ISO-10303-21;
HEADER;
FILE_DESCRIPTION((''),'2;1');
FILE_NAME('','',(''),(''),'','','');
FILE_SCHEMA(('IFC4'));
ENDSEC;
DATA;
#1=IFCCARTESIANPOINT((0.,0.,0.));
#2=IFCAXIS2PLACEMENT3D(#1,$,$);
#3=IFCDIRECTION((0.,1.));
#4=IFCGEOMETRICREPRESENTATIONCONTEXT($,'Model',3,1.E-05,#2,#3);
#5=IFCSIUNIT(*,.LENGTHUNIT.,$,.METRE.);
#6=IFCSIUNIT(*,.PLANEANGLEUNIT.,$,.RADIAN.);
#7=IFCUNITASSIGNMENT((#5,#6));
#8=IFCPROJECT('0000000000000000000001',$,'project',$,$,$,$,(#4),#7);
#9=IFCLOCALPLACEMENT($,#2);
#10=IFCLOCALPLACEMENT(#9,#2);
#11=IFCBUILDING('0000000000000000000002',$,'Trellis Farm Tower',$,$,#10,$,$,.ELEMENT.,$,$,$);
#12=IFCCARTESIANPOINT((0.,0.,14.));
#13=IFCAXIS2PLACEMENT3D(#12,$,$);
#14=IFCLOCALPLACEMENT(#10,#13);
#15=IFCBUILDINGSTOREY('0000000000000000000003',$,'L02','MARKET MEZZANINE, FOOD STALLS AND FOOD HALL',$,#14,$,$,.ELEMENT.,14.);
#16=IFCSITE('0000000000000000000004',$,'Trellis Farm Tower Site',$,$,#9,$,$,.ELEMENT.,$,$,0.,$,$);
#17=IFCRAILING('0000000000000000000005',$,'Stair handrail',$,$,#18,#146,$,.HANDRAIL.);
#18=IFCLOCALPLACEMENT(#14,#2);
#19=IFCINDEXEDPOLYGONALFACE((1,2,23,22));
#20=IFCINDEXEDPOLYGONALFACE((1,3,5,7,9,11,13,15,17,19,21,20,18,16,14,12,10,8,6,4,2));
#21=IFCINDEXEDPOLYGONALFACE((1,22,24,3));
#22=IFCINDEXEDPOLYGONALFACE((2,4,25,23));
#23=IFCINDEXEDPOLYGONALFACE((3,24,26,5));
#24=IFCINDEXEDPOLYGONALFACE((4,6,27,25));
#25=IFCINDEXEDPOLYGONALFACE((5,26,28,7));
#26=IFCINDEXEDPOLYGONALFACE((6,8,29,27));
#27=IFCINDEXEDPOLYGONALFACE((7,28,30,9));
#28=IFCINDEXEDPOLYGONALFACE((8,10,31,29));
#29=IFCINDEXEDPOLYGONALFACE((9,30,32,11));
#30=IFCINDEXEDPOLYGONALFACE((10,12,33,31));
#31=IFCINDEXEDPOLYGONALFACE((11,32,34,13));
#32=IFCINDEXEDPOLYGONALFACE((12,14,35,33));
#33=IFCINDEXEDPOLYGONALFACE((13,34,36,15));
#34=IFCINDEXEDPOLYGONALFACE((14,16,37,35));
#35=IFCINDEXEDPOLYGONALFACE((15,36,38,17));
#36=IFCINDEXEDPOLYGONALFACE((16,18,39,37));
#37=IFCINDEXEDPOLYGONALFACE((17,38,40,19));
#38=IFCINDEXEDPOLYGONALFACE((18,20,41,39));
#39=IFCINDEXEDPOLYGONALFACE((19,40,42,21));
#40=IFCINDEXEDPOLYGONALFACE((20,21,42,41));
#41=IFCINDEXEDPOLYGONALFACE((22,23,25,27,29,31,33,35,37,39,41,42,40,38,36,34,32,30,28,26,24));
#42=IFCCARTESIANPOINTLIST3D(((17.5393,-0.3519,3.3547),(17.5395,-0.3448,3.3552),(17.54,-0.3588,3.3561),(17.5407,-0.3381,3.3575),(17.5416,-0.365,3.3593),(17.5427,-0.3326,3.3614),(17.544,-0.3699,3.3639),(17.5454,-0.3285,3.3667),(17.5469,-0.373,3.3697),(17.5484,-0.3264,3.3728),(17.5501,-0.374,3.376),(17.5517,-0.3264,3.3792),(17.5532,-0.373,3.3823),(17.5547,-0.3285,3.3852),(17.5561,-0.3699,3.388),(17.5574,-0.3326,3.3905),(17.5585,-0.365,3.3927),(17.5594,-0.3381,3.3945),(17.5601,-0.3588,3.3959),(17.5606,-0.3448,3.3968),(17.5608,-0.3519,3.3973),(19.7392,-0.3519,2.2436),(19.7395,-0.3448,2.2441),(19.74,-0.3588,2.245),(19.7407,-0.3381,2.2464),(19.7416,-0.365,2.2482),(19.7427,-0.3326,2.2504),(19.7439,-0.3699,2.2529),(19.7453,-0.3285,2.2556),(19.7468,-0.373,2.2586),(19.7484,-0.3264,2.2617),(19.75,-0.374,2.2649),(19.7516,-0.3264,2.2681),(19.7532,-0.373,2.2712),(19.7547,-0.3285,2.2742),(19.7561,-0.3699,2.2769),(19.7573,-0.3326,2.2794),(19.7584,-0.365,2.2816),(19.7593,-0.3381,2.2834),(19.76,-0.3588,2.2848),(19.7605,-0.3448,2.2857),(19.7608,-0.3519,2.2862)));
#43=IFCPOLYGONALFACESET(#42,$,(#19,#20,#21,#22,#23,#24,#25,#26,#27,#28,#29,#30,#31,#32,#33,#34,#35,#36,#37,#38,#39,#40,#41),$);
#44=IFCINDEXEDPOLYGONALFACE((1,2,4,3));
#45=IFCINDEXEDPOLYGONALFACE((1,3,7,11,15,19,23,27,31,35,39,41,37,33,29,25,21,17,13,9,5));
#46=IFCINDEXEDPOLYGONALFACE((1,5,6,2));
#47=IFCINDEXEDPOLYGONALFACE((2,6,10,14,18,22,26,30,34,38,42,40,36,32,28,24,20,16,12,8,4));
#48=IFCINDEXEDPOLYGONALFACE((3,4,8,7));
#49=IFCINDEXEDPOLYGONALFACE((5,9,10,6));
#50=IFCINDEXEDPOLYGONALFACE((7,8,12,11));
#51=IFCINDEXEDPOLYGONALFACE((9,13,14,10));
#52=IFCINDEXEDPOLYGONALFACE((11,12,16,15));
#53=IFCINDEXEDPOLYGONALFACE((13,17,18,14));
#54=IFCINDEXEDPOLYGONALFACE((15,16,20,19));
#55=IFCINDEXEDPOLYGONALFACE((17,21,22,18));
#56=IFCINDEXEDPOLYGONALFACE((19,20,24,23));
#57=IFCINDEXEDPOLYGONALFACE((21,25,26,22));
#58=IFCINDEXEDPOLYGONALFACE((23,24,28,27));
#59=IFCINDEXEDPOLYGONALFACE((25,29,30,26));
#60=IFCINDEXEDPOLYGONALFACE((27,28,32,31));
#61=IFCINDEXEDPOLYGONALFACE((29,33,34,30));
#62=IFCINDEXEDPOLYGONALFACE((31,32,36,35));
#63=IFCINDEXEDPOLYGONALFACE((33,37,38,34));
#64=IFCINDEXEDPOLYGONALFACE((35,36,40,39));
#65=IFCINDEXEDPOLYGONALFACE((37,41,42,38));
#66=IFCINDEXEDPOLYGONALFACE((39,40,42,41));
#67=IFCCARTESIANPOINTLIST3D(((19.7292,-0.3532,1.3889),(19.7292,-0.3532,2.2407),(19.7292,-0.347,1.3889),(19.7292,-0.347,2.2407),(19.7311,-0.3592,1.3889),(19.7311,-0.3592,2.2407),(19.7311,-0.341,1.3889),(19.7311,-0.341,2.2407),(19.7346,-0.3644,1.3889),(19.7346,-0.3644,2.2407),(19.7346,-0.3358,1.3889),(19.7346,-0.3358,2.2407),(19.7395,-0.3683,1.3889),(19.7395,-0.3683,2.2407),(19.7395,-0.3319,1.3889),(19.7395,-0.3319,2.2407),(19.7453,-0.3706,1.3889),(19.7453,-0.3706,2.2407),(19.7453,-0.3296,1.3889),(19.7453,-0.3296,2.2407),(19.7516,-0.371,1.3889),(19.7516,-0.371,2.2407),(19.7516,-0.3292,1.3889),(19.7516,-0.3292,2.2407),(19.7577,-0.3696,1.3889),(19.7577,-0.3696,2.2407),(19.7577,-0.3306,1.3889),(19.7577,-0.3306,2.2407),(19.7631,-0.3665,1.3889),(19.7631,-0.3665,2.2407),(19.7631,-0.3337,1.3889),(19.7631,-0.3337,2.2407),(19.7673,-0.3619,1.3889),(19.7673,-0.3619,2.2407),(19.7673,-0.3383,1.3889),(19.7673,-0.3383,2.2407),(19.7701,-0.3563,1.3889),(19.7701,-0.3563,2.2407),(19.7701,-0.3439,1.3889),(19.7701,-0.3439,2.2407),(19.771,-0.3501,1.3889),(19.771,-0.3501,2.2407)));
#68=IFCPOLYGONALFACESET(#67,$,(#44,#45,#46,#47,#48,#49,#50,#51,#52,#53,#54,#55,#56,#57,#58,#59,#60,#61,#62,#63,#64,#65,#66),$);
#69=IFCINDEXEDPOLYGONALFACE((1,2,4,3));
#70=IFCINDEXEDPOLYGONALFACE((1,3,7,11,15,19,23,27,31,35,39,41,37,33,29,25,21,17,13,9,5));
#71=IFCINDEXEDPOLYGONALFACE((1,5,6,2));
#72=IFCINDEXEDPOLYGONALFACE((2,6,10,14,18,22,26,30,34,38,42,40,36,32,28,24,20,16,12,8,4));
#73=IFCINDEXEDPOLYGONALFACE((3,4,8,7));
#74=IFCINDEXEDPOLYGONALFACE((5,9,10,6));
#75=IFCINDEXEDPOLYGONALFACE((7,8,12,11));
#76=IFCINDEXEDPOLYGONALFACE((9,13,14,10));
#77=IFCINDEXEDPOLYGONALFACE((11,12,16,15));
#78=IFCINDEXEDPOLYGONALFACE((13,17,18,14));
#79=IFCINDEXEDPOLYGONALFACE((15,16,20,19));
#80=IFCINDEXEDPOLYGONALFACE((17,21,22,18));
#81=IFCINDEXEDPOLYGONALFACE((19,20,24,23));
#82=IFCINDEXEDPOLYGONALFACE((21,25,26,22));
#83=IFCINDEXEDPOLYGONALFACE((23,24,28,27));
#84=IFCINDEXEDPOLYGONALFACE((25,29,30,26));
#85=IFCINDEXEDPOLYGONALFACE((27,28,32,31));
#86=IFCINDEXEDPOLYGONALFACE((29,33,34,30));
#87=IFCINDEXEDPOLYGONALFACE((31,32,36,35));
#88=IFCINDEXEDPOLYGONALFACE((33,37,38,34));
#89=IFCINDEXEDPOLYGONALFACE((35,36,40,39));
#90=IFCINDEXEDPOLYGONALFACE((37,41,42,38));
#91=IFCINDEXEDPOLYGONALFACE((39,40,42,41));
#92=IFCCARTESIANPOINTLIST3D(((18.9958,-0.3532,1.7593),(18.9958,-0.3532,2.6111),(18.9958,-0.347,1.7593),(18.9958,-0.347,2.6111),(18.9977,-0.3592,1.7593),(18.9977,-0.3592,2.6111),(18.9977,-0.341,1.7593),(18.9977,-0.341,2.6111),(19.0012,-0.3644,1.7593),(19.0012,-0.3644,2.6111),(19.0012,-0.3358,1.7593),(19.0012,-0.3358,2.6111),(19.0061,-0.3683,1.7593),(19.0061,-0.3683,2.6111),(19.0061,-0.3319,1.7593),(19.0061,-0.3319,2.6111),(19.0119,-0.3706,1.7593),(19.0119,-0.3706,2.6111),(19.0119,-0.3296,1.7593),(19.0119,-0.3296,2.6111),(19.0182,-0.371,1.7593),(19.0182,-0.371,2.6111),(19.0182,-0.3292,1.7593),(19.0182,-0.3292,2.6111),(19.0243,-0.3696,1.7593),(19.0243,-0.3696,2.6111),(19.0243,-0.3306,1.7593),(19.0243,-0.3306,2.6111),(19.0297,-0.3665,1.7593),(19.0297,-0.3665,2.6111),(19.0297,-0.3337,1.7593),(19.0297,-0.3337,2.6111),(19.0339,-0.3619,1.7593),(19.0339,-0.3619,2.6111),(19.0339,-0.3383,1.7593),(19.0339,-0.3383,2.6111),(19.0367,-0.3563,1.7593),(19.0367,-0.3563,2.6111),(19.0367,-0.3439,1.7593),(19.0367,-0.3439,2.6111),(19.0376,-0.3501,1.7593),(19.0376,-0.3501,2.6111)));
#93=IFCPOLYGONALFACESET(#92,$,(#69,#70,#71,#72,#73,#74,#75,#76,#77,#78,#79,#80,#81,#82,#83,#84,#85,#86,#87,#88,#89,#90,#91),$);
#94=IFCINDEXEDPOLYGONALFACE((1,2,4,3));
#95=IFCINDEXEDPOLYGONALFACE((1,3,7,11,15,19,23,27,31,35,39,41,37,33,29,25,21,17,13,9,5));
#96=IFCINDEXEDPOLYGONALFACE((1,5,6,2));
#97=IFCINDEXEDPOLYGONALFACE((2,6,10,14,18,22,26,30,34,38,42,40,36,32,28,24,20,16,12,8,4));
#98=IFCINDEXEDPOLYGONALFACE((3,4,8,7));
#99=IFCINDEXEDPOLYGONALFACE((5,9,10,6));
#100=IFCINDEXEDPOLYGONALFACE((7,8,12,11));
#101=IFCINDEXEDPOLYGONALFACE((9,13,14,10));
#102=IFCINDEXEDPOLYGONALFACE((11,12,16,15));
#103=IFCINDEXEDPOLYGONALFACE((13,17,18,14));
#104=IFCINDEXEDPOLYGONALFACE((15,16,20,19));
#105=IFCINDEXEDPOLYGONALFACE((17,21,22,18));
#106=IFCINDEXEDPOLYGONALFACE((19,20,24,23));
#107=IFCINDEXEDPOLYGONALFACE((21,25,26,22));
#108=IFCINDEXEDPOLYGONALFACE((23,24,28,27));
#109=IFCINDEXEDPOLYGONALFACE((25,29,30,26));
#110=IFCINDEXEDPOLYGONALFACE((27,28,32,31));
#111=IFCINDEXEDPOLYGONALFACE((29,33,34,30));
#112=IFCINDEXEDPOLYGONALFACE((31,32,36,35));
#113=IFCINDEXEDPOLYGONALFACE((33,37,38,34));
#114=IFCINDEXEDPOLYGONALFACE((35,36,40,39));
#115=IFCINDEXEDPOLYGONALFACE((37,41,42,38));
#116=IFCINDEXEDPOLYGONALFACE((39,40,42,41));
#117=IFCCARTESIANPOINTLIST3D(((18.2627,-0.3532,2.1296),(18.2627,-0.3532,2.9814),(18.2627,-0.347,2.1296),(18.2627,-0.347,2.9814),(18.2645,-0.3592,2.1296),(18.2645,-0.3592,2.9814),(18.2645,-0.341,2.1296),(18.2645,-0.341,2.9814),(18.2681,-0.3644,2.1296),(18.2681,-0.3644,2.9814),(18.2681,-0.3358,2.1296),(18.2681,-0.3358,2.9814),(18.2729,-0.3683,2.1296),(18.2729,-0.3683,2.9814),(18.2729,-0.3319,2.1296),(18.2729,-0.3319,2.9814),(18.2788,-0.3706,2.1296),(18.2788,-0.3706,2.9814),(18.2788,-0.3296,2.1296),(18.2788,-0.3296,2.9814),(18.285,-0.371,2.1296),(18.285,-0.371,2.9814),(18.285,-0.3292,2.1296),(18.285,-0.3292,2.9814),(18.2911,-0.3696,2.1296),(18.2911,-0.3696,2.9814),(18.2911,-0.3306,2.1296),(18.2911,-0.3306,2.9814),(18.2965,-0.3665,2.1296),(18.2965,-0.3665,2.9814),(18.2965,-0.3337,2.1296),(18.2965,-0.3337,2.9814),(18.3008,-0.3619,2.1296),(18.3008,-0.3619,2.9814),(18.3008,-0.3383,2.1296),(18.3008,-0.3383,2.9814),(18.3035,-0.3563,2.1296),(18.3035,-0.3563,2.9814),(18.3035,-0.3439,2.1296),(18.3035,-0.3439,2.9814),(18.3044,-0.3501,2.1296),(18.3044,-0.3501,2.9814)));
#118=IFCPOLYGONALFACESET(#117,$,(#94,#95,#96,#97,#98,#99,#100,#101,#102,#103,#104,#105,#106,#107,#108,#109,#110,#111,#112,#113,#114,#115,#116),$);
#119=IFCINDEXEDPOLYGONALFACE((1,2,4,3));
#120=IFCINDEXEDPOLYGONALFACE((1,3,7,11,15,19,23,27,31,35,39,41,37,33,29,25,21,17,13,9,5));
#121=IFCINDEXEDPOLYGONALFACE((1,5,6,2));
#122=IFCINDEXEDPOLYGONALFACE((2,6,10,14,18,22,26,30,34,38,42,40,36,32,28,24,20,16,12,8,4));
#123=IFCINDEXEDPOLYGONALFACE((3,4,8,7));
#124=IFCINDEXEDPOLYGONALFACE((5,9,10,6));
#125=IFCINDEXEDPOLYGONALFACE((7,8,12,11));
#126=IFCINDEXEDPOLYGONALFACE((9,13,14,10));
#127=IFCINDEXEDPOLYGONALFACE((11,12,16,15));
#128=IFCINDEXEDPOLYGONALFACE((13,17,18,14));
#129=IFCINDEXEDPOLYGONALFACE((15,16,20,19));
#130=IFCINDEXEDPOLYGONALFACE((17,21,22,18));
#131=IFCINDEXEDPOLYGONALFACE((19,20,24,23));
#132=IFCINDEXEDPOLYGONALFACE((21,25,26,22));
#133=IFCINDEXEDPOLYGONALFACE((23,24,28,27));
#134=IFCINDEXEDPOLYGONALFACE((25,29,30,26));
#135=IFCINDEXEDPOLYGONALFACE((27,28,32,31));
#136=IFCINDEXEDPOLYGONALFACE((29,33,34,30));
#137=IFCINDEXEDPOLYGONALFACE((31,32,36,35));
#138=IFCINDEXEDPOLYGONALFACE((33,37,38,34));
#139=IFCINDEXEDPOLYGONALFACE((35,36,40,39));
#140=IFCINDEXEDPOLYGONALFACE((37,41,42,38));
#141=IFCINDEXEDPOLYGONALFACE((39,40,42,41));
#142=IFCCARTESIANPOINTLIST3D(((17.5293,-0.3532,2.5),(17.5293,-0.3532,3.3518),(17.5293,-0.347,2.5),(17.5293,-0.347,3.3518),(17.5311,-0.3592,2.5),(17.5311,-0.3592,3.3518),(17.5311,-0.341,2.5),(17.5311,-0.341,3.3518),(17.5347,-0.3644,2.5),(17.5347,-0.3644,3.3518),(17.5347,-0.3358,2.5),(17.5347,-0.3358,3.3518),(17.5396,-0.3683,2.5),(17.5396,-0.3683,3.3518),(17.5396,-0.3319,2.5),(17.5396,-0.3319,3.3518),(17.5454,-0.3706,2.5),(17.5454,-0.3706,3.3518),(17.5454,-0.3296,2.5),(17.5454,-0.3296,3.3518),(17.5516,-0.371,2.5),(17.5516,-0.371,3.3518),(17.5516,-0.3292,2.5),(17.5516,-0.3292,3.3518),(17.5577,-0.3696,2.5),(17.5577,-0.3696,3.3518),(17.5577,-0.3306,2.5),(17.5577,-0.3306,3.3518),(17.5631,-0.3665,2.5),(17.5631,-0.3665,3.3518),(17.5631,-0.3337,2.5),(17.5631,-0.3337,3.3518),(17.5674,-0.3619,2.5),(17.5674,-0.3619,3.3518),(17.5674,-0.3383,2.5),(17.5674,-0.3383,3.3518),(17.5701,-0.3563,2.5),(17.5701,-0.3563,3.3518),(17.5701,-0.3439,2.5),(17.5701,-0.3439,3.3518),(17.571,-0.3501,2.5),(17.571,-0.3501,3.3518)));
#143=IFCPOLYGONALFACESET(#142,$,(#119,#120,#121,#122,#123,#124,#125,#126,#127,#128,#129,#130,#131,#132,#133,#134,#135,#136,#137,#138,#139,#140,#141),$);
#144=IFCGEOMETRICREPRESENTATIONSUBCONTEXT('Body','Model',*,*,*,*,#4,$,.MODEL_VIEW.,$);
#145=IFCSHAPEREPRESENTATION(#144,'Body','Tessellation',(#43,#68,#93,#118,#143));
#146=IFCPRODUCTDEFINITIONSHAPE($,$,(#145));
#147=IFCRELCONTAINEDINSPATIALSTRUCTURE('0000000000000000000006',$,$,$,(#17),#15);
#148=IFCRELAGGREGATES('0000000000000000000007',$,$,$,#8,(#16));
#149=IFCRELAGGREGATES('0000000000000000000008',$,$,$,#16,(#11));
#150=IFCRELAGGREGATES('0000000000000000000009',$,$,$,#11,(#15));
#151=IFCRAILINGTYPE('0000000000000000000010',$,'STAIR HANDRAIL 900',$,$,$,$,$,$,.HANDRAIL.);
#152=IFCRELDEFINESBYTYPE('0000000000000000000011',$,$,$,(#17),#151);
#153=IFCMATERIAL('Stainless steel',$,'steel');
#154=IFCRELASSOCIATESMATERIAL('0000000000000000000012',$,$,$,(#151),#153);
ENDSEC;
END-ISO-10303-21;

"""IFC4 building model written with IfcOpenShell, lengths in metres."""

from ifc_helpers import new_model, si_unit, direction, frame, origin, origin_2d, place, context, subcontext, project, spatial, circle, extrude, source, transform, mapped, material, type_object, element, save


model = new_model("IFC4")

# Units and contexts
model_context = context("Model", 3, precision=1e-05, world=origin(), true_north=direction((0.0, 1.0)))
body_context = subcontext(model_context, "Body", "Model", "MODEL_VIEW")
ifc_project = project(units=[si_unit("LENGTHUNIT", "METRE"), si_unit("PLANEANGLEUNIT", "RADIAN")], contexts=[model_context])

# Site, building, storey
site_placement = place(None, origin())
site = spatial("IfcSite", under=ifc_project, at=site_placement, Name="Trellis Farm Tower Site", CompositionType="ELEMENT", RefElevation=0.0)
building_placement = place(site_placement, origin())
building = spatial("IfcBuilding", under=site, at=building_placement, Name="Trellis Farm Tower", CompositionType="ELEMENT")
storey_placement = place(building_placement, frame((0.0, 0.0, 14.0)))
storey = spatial("IfcBuildingStorey", under=building, at=storey_placement, Name="L02", Description="MARKET MEZZANINE, FOOD STALLS AND FOOD HALL", CompositionType="ELEMENT", Elevation=14.0)

# Railing
ifc_material_1 = material(Name="Stainless steel", Category="steel")
railing_type = type_object("IfcRailingType", Name="STAIR HANDRAIL 900", PredefinedType="HANDRAIL", material=ifc_material_1)
shared_shape_1 = source(origin(), body_context, "Body", "SweptSolid", [
    extrude(circle(Radius=0.0239, at=origin_2d()), frame((0.0, 0.0, 0.876), z_axis=(-0.892617, 0.0, 0.450816), x_axis=(0.0, -1.0, 0.0)), (0.0, 0.0, 1.0), 2.4646),
    extrude(circle(Radius=0.021, at=origin_2d()), origin(), (0.0, 0.0, 1.0), 0.8518),
    extrude(circle(Radius=0.021, at=origin_2d()), frame((-0.7334, 0.0, 0.3704)), (0.0, 0.0, 1.0), 0.8518),
    extrude(circle(Radius=0.021, at=origin_2d()), frame((-1.4666, 0.0, 0.7407)), (0.0, 0.0, 1.0), 0.8518),
    extrude(circle(Radius=0.021, at=origin_2d()), frame((-2.2, 0.0, 1.1111)), (0.0, 0.0, 1.0), 0.8518),
])
for number, where, name in (
    (1, (19.75, -0.3501, 1.3889), "Stair handrail"),
):
    element("IfcRailing", number, at=place(storey_placement, frame(where)), inside=storey, type_object=railing_type, Name=name, PredefinedType="HANDRAIL", context=body_context, shape_type="MappedRepresentation", body=[
        mapped(shared_shape_1, transform((0.0, 0.0, 0.0))),
    ])

save(model, "model.ifc")
